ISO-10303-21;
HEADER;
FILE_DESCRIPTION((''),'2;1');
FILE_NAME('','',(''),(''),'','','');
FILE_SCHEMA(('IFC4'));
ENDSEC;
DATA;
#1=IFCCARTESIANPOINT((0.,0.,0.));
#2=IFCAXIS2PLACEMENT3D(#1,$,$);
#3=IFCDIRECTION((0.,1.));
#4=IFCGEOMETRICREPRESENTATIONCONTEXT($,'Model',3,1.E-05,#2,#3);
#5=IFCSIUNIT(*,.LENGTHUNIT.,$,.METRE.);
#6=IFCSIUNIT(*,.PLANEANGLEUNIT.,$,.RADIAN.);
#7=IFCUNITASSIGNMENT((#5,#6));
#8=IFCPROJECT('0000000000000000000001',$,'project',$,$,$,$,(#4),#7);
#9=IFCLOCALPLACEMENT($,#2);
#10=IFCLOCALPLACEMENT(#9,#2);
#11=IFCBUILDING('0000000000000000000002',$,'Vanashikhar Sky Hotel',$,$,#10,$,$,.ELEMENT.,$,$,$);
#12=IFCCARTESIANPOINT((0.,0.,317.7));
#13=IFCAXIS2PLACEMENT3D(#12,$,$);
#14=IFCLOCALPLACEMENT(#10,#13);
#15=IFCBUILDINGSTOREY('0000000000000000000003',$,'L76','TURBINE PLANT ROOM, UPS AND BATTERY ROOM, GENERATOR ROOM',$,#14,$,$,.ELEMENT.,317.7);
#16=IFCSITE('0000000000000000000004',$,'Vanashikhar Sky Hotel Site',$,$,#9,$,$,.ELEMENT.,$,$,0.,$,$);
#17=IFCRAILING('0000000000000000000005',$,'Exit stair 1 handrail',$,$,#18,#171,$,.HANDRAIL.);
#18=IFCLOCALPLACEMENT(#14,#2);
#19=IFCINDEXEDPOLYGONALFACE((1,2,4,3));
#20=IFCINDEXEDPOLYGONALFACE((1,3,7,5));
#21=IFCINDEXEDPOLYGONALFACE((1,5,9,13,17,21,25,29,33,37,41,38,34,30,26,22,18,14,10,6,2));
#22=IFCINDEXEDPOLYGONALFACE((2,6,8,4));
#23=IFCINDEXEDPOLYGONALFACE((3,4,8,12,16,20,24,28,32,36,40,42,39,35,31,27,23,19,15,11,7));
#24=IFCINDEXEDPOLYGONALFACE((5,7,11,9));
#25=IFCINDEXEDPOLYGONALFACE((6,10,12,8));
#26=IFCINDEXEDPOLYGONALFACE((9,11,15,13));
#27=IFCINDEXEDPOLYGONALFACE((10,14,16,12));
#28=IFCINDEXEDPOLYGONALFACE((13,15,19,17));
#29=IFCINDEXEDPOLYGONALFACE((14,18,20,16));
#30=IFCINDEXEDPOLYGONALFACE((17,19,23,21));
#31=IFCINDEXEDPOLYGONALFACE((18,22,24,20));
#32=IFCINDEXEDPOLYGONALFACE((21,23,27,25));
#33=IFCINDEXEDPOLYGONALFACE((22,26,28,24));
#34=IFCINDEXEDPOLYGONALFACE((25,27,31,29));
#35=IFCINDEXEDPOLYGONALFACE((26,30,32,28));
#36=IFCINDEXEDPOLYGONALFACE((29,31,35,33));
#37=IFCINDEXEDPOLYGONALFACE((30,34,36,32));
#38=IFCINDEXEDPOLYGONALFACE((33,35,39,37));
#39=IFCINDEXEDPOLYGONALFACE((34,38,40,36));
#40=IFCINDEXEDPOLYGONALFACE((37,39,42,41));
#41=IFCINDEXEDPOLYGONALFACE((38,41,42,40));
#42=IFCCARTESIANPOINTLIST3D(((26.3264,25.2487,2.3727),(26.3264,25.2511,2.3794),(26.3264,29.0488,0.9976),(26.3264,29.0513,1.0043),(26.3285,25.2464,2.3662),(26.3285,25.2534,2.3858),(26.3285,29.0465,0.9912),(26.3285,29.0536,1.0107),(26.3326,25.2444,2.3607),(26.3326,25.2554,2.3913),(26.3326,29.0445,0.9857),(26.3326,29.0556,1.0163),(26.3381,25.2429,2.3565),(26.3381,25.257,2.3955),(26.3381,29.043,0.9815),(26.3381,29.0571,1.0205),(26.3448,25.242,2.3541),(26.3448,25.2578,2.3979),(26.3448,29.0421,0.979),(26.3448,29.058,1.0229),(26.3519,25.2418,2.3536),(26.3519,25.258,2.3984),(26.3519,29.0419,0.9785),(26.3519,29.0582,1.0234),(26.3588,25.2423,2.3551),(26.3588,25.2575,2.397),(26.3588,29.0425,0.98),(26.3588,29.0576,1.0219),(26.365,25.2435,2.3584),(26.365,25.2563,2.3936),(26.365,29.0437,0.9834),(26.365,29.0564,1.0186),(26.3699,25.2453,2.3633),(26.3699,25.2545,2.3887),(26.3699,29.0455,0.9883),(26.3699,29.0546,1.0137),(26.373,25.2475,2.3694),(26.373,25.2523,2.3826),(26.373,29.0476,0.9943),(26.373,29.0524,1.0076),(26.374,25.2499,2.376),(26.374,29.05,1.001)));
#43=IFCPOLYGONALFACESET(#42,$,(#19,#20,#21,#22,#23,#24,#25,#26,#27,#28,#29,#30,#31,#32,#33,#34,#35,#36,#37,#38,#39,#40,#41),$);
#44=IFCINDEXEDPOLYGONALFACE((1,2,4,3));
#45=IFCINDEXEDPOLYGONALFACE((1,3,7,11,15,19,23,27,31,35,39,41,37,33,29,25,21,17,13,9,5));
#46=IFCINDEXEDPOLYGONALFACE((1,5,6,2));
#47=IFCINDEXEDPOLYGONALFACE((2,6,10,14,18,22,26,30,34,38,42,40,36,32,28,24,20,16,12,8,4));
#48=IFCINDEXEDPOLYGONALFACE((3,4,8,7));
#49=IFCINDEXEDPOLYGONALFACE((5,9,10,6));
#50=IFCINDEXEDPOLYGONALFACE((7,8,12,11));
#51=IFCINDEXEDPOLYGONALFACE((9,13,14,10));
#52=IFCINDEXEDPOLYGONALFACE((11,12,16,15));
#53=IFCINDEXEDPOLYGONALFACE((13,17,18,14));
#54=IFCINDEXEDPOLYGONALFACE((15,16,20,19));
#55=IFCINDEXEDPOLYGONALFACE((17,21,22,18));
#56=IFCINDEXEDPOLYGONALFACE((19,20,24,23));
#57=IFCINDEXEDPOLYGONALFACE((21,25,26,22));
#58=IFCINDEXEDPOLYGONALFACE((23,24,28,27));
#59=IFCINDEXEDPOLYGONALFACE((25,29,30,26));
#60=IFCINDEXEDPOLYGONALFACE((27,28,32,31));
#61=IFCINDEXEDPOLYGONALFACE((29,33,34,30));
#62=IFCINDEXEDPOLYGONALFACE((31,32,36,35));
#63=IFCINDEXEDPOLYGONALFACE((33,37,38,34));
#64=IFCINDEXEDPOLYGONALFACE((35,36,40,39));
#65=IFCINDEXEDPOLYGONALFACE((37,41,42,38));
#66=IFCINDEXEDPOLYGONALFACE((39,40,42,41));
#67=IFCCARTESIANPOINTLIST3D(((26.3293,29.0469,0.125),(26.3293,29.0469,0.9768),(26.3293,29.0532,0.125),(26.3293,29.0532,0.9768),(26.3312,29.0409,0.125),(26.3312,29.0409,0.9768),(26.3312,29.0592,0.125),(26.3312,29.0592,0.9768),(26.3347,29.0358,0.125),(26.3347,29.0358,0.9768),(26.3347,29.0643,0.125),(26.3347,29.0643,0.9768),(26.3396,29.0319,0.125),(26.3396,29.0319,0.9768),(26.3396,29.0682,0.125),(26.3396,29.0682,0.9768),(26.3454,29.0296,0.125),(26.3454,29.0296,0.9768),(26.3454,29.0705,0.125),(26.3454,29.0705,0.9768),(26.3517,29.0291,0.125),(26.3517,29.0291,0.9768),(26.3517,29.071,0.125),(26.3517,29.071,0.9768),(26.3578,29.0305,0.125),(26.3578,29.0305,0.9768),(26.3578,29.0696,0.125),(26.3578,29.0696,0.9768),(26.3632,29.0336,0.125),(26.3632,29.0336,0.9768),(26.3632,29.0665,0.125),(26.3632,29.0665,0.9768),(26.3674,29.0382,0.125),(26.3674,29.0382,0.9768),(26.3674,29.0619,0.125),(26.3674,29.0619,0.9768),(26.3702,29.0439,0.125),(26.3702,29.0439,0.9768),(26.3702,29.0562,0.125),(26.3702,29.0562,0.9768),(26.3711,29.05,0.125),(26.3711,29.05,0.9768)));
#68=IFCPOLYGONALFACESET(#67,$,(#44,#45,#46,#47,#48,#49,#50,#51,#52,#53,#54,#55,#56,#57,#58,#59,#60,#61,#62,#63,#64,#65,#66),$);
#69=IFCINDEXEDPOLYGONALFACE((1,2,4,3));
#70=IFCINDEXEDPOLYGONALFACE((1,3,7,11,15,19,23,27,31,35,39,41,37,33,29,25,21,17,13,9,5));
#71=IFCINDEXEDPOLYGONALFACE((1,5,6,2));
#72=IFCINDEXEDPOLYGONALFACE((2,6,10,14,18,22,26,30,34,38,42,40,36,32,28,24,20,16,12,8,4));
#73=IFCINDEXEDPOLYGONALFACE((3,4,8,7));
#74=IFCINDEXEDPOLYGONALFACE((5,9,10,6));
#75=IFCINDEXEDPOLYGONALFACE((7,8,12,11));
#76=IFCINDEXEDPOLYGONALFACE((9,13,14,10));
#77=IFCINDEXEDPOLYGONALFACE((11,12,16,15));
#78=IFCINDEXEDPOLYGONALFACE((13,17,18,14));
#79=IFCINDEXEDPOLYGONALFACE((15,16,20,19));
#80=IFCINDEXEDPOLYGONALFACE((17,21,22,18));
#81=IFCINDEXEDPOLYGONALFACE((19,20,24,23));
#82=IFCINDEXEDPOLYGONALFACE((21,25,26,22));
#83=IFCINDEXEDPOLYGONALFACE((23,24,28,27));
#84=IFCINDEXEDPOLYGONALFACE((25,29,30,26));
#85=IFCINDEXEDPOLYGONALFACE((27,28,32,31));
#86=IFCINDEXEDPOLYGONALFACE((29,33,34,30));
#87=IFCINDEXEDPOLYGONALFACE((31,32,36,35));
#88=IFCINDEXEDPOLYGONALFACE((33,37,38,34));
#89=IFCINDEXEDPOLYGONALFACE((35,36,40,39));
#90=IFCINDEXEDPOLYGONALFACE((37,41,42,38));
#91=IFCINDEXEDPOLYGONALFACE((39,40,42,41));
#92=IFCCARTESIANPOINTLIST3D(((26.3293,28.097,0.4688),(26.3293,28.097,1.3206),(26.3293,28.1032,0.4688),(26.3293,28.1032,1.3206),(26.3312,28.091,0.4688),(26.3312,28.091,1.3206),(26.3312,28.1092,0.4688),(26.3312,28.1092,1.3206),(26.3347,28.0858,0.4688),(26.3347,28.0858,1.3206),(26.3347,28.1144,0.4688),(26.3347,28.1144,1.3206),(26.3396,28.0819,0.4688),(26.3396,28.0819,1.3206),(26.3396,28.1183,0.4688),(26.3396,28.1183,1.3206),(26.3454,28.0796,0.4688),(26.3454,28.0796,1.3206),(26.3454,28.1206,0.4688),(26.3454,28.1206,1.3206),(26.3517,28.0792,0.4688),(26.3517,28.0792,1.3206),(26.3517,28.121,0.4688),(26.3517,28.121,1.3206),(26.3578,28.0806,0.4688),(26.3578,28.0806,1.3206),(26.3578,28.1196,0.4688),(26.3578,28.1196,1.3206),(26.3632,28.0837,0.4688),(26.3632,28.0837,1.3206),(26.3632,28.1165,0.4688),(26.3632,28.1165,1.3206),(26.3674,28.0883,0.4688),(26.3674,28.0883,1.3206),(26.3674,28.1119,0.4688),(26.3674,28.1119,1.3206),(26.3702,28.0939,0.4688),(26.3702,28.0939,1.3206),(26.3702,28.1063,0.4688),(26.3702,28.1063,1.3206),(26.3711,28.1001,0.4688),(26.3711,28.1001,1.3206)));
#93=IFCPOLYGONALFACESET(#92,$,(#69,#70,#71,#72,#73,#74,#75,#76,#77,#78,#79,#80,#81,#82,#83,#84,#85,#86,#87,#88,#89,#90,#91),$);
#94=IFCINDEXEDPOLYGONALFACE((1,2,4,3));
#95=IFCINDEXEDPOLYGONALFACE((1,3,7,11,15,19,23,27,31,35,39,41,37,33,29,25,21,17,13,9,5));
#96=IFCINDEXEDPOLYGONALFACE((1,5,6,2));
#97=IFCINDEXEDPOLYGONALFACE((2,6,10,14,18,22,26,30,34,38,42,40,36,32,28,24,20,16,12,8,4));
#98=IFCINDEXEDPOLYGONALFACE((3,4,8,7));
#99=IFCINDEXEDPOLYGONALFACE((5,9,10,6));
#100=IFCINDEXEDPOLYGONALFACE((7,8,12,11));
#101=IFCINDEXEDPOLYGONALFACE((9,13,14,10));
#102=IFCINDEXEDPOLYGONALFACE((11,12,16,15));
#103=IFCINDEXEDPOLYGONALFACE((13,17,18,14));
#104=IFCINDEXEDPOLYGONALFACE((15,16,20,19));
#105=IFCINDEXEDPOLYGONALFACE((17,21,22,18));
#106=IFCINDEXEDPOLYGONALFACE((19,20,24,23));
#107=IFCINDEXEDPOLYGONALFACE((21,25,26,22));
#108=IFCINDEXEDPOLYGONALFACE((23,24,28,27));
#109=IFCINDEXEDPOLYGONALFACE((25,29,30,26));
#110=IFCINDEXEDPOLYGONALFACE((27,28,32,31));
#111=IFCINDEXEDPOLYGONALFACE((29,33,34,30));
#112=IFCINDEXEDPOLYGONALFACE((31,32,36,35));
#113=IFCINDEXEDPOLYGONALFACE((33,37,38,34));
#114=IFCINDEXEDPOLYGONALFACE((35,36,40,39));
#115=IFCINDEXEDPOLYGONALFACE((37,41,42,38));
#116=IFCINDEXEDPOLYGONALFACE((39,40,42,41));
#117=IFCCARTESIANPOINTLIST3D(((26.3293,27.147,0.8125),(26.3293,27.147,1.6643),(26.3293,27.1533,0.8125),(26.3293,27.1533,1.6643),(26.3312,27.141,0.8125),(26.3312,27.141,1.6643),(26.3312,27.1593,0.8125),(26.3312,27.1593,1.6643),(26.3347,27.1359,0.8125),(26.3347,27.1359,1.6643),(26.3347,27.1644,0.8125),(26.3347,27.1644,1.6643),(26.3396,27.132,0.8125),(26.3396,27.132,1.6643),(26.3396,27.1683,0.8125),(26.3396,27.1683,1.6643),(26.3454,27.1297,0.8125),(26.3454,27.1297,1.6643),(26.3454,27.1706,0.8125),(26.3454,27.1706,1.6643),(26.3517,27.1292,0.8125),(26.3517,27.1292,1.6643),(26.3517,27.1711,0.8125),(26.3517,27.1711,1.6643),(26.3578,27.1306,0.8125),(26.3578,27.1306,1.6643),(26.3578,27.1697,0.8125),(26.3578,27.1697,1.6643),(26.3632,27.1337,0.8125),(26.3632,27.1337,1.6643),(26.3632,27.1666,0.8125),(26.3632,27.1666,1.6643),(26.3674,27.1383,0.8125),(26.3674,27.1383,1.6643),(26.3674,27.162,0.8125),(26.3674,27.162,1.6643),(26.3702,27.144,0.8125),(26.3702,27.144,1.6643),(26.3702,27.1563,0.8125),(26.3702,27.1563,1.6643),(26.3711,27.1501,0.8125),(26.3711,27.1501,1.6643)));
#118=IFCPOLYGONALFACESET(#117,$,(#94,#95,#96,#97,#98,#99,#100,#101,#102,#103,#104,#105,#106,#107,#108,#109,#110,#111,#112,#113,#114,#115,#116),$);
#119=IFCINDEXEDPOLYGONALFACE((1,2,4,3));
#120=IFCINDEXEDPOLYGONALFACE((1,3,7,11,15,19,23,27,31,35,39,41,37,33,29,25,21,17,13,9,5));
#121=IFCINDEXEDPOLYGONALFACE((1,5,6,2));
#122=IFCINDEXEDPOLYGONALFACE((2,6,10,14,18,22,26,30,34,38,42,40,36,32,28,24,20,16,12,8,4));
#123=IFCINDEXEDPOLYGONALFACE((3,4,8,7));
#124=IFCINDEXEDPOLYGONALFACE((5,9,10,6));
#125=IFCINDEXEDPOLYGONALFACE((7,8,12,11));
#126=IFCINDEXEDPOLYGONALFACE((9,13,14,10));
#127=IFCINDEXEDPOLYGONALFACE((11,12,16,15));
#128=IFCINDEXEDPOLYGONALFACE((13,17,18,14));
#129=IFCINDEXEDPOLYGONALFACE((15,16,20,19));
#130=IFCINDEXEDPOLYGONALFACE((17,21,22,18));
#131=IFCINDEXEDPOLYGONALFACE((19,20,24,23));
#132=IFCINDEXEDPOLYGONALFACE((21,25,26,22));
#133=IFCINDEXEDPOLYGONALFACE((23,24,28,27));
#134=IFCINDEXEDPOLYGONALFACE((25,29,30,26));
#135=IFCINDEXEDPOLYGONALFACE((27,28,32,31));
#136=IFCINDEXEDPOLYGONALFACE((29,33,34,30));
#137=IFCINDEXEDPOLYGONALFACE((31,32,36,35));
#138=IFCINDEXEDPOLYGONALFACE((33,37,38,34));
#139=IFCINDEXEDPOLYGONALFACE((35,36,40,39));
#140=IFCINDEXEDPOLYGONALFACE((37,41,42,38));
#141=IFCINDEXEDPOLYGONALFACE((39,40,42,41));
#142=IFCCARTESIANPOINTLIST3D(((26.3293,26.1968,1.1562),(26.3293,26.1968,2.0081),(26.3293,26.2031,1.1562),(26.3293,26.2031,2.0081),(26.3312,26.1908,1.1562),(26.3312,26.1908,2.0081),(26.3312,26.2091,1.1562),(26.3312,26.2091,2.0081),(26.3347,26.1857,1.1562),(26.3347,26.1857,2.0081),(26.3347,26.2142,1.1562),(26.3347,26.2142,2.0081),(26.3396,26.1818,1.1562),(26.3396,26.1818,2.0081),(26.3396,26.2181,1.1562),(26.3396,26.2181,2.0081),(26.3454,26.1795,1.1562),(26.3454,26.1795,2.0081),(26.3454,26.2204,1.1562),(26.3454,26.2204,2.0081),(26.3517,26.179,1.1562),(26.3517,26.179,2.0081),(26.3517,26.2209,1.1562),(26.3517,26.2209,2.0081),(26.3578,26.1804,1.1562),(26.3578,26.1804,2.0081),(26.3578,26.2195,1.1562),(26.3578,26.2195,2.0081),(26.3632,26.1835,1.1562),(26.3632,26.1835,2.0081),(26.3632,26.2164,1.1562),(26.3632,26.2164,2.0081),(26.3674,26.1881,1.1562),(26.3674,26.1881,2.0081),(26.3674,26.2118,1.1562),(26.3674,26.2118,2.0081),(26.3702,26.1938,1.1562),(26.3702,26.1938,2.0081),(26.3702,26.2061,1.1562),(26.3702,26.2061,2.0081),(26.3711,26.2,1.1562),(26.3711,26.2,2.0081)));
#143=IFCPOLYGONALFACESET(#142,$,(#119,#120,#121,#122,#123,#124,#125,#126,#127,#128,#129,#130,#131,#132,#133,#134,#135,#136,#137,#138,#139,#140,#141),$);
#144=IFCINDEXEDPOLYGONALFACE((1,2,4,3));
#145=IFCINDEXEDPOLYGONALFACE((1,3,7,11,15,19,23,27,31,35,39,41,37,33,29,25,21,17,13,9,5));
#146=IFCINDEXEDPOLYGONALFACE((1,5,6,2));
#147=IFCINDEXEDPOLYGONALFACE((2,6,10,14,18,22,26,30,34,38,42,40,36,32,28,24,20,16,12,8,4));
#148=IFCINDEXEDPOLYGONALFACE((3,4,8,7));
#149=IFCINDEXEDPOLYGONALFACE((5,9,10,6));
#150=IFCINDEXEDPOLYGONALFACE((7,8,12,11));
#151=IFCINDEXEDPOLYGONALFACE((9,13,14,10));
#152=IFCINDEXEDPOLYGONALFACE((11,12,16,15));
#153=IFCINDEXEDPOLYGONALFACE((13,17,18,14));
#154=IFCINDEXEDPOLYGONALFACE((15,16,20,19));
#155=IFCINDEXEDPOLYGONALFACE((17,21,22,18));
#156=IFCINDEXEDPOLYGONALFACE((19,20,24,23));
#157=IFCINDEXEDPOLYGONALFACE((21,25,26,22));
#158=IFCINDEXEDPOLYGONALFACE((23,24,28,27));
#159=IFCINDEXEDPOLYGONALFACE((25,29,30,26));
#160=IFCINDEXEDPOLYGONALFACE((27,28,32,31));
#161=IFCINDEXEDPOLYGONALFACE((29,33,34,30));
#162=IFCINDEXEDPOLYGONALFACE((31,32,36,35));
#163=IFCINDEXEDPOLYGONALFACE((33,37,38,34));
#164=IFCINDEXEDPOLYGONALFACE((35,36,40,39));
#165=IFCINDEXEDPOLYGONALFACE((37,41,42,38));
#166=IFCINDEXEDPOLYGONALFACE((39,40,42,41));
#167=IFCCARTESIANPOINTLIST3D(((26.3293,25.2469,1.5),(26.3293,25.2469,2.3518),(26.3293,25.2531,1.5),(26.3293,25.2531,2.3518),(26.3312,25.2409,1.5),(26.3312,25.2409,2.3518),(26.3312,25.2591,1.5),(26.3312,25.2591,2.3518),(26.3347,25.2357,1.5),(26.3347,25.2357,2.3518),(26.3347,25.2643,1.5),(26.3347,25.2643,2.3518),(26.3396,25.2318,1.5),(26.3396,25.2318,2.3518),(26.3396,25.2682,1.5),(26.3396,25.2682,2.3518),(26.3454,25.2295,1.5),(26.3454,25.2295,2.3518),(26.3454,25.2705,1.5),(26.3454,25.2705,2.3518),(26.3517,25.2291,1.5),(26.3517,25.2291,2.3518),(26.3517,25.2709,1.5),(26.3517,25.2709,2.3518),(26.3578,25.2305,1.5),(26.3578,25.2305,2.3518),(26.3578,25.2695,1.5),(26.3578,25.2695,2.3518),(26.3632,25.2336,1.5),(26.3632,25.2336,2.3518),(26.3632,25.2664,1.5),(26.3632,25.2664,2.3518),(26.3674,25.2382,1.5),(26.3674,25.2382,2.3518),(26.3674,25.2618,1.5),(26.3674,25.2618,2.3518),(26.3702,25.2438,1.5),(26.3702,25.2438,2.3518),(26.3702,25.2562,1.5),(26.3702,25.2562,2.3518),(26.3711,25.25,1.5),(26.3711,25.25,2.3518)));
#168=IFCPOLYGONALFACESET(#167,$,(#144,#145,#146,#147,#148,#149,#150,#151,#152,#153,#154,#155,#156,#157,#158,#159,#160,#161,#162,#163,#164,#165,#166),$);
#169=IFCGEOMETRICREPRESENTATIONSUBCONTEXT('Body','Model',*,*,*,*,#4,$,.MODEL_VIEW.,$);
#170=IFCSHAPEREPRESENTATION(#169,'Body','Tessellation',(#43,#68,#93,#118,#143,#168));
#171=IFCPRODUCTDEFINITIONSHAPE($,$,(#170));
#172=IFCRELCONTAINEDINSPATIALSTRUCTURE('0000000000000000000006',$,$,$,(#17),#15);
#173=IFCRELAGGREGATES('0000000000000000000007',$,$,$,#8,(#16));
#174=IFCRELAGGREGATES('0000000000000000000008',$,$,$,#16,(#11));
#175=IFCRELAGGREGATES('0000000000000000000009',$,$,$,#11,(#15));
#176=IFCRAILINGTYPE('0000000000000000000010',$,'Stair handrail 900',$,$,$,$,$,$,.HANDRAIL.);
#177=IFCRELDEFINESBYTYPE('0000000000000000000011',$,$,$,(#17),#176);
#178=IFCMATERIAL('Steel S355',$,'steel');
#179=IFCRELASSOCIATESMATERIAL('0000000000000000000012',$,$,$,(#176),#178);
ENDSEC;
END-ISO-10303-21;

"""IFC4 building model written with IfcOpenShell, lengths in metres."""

from ifc_helpers import new_model, si_unit, direction, frame, origin, origin_2d, place, context, subcontext, project, spatial, circle, extrude, source, transform, mapped, material, type_object, element, save


model = new_model("IFC4")

# Units and contexts
model_context = context("Model", 3, precision=1e-05, world=origin(), true_north=direction((0.0, 1.0)))
body_context = subcontext(model_context, "Body", "Model", "MODEL_VIEW")
ifc_project = project(units=[si_unit("LENGTHUNIT", "METRE"), si_unit("PLANEANGLEUNIT", "RADIAN")], contexts=[model_context])

# Site, building, storey
site_placement = place(None, origin())
site = spatial("IfcSite", under=ifc_project, at=site_placement, Name="Vanashikhar Sky Hotel Site", CompositionType="ELEMENT", RefElevation=0.0)
building_placement = place(site_placement, origin())
building = spatial("IfcBuilding", under=site, at=building_placement, Name="Vanashikhar Sky Hotel", CompositionType="ELEMENT")
storey_placement = place(building_placement, frame((0.0, 0.0, 317.7)))
storey = spatial("IfcBuildingStorey", under=building, at=storey_placement, Name="L76", Description="TURBINE PLANT ROOM, UPS AND BATTERY ROOM, GENERATOR ROOM", CompositionType="ELEMENT", Elevation=317.7)

# Railing
ifc_material_1 = material(Name="Steel S355", Category="steel")
railing_type_1 = type_object("IfcRailingType", Name="Stair handrail 900", PredefinedType="HANDRAIL", material=ifc_material_1)
shared_shape_1 = source(origin(), body_context, "Body", "SweptSolid", [
    extrude(circle(Radius=0.0239, at=origin_2d()), frame((0.0, 0.0, 0.876), z_axis=(0.0, -0.940336, 0.340249), x_axis=(1.0, 0.0, 0.0)), (0.0, 0.0, 1.0), 4.0413),
    extrude(circle(Radius=0.021, at=origin_2d()), origin(), (0.0, 0.0, 1.0), 0.8518),
    extrude(circle(Radius=0.021, at=origin_2d()), frame((0.0, -0.95, 0.3438)), (0.0, 0.0, 1.0), 0.8518),
    extrude(circle(Radius=0.021, at=origin_2d()), frame((0.0, -1.8999, 0.6875)), (0.0, 0.0, 1.0), 0.8518),
    extrude(circle(Radius=0.021, at=origin_2d()), frame((0.0, -2.8501, 1.0312)), (0.0, 0.0, 1.0), 0.8518),
    extrude(circle(Radius=0.021, at=origin_2d()), frame((0.0, -3.8, 1.375)), (0.0, 0.0, 1.0), 0.8518),
])
railing_1_placement = place(storey_placement, frame((26.3501, 29.05, 0.125)))
element("IfcRailing", 1, at=railing_1_placement, inside=storey, type_object=railing_type_1, Name="Exit stair 1 handrail", PredefinedType="HANDRAIL", context=body_context, shape_type="MappedRepresentation", body=[
    mapped(shared_shape_1, transform((0.0, 0.0, 0.0), scale=1.0)),
])

save(model, "model.ifc")
